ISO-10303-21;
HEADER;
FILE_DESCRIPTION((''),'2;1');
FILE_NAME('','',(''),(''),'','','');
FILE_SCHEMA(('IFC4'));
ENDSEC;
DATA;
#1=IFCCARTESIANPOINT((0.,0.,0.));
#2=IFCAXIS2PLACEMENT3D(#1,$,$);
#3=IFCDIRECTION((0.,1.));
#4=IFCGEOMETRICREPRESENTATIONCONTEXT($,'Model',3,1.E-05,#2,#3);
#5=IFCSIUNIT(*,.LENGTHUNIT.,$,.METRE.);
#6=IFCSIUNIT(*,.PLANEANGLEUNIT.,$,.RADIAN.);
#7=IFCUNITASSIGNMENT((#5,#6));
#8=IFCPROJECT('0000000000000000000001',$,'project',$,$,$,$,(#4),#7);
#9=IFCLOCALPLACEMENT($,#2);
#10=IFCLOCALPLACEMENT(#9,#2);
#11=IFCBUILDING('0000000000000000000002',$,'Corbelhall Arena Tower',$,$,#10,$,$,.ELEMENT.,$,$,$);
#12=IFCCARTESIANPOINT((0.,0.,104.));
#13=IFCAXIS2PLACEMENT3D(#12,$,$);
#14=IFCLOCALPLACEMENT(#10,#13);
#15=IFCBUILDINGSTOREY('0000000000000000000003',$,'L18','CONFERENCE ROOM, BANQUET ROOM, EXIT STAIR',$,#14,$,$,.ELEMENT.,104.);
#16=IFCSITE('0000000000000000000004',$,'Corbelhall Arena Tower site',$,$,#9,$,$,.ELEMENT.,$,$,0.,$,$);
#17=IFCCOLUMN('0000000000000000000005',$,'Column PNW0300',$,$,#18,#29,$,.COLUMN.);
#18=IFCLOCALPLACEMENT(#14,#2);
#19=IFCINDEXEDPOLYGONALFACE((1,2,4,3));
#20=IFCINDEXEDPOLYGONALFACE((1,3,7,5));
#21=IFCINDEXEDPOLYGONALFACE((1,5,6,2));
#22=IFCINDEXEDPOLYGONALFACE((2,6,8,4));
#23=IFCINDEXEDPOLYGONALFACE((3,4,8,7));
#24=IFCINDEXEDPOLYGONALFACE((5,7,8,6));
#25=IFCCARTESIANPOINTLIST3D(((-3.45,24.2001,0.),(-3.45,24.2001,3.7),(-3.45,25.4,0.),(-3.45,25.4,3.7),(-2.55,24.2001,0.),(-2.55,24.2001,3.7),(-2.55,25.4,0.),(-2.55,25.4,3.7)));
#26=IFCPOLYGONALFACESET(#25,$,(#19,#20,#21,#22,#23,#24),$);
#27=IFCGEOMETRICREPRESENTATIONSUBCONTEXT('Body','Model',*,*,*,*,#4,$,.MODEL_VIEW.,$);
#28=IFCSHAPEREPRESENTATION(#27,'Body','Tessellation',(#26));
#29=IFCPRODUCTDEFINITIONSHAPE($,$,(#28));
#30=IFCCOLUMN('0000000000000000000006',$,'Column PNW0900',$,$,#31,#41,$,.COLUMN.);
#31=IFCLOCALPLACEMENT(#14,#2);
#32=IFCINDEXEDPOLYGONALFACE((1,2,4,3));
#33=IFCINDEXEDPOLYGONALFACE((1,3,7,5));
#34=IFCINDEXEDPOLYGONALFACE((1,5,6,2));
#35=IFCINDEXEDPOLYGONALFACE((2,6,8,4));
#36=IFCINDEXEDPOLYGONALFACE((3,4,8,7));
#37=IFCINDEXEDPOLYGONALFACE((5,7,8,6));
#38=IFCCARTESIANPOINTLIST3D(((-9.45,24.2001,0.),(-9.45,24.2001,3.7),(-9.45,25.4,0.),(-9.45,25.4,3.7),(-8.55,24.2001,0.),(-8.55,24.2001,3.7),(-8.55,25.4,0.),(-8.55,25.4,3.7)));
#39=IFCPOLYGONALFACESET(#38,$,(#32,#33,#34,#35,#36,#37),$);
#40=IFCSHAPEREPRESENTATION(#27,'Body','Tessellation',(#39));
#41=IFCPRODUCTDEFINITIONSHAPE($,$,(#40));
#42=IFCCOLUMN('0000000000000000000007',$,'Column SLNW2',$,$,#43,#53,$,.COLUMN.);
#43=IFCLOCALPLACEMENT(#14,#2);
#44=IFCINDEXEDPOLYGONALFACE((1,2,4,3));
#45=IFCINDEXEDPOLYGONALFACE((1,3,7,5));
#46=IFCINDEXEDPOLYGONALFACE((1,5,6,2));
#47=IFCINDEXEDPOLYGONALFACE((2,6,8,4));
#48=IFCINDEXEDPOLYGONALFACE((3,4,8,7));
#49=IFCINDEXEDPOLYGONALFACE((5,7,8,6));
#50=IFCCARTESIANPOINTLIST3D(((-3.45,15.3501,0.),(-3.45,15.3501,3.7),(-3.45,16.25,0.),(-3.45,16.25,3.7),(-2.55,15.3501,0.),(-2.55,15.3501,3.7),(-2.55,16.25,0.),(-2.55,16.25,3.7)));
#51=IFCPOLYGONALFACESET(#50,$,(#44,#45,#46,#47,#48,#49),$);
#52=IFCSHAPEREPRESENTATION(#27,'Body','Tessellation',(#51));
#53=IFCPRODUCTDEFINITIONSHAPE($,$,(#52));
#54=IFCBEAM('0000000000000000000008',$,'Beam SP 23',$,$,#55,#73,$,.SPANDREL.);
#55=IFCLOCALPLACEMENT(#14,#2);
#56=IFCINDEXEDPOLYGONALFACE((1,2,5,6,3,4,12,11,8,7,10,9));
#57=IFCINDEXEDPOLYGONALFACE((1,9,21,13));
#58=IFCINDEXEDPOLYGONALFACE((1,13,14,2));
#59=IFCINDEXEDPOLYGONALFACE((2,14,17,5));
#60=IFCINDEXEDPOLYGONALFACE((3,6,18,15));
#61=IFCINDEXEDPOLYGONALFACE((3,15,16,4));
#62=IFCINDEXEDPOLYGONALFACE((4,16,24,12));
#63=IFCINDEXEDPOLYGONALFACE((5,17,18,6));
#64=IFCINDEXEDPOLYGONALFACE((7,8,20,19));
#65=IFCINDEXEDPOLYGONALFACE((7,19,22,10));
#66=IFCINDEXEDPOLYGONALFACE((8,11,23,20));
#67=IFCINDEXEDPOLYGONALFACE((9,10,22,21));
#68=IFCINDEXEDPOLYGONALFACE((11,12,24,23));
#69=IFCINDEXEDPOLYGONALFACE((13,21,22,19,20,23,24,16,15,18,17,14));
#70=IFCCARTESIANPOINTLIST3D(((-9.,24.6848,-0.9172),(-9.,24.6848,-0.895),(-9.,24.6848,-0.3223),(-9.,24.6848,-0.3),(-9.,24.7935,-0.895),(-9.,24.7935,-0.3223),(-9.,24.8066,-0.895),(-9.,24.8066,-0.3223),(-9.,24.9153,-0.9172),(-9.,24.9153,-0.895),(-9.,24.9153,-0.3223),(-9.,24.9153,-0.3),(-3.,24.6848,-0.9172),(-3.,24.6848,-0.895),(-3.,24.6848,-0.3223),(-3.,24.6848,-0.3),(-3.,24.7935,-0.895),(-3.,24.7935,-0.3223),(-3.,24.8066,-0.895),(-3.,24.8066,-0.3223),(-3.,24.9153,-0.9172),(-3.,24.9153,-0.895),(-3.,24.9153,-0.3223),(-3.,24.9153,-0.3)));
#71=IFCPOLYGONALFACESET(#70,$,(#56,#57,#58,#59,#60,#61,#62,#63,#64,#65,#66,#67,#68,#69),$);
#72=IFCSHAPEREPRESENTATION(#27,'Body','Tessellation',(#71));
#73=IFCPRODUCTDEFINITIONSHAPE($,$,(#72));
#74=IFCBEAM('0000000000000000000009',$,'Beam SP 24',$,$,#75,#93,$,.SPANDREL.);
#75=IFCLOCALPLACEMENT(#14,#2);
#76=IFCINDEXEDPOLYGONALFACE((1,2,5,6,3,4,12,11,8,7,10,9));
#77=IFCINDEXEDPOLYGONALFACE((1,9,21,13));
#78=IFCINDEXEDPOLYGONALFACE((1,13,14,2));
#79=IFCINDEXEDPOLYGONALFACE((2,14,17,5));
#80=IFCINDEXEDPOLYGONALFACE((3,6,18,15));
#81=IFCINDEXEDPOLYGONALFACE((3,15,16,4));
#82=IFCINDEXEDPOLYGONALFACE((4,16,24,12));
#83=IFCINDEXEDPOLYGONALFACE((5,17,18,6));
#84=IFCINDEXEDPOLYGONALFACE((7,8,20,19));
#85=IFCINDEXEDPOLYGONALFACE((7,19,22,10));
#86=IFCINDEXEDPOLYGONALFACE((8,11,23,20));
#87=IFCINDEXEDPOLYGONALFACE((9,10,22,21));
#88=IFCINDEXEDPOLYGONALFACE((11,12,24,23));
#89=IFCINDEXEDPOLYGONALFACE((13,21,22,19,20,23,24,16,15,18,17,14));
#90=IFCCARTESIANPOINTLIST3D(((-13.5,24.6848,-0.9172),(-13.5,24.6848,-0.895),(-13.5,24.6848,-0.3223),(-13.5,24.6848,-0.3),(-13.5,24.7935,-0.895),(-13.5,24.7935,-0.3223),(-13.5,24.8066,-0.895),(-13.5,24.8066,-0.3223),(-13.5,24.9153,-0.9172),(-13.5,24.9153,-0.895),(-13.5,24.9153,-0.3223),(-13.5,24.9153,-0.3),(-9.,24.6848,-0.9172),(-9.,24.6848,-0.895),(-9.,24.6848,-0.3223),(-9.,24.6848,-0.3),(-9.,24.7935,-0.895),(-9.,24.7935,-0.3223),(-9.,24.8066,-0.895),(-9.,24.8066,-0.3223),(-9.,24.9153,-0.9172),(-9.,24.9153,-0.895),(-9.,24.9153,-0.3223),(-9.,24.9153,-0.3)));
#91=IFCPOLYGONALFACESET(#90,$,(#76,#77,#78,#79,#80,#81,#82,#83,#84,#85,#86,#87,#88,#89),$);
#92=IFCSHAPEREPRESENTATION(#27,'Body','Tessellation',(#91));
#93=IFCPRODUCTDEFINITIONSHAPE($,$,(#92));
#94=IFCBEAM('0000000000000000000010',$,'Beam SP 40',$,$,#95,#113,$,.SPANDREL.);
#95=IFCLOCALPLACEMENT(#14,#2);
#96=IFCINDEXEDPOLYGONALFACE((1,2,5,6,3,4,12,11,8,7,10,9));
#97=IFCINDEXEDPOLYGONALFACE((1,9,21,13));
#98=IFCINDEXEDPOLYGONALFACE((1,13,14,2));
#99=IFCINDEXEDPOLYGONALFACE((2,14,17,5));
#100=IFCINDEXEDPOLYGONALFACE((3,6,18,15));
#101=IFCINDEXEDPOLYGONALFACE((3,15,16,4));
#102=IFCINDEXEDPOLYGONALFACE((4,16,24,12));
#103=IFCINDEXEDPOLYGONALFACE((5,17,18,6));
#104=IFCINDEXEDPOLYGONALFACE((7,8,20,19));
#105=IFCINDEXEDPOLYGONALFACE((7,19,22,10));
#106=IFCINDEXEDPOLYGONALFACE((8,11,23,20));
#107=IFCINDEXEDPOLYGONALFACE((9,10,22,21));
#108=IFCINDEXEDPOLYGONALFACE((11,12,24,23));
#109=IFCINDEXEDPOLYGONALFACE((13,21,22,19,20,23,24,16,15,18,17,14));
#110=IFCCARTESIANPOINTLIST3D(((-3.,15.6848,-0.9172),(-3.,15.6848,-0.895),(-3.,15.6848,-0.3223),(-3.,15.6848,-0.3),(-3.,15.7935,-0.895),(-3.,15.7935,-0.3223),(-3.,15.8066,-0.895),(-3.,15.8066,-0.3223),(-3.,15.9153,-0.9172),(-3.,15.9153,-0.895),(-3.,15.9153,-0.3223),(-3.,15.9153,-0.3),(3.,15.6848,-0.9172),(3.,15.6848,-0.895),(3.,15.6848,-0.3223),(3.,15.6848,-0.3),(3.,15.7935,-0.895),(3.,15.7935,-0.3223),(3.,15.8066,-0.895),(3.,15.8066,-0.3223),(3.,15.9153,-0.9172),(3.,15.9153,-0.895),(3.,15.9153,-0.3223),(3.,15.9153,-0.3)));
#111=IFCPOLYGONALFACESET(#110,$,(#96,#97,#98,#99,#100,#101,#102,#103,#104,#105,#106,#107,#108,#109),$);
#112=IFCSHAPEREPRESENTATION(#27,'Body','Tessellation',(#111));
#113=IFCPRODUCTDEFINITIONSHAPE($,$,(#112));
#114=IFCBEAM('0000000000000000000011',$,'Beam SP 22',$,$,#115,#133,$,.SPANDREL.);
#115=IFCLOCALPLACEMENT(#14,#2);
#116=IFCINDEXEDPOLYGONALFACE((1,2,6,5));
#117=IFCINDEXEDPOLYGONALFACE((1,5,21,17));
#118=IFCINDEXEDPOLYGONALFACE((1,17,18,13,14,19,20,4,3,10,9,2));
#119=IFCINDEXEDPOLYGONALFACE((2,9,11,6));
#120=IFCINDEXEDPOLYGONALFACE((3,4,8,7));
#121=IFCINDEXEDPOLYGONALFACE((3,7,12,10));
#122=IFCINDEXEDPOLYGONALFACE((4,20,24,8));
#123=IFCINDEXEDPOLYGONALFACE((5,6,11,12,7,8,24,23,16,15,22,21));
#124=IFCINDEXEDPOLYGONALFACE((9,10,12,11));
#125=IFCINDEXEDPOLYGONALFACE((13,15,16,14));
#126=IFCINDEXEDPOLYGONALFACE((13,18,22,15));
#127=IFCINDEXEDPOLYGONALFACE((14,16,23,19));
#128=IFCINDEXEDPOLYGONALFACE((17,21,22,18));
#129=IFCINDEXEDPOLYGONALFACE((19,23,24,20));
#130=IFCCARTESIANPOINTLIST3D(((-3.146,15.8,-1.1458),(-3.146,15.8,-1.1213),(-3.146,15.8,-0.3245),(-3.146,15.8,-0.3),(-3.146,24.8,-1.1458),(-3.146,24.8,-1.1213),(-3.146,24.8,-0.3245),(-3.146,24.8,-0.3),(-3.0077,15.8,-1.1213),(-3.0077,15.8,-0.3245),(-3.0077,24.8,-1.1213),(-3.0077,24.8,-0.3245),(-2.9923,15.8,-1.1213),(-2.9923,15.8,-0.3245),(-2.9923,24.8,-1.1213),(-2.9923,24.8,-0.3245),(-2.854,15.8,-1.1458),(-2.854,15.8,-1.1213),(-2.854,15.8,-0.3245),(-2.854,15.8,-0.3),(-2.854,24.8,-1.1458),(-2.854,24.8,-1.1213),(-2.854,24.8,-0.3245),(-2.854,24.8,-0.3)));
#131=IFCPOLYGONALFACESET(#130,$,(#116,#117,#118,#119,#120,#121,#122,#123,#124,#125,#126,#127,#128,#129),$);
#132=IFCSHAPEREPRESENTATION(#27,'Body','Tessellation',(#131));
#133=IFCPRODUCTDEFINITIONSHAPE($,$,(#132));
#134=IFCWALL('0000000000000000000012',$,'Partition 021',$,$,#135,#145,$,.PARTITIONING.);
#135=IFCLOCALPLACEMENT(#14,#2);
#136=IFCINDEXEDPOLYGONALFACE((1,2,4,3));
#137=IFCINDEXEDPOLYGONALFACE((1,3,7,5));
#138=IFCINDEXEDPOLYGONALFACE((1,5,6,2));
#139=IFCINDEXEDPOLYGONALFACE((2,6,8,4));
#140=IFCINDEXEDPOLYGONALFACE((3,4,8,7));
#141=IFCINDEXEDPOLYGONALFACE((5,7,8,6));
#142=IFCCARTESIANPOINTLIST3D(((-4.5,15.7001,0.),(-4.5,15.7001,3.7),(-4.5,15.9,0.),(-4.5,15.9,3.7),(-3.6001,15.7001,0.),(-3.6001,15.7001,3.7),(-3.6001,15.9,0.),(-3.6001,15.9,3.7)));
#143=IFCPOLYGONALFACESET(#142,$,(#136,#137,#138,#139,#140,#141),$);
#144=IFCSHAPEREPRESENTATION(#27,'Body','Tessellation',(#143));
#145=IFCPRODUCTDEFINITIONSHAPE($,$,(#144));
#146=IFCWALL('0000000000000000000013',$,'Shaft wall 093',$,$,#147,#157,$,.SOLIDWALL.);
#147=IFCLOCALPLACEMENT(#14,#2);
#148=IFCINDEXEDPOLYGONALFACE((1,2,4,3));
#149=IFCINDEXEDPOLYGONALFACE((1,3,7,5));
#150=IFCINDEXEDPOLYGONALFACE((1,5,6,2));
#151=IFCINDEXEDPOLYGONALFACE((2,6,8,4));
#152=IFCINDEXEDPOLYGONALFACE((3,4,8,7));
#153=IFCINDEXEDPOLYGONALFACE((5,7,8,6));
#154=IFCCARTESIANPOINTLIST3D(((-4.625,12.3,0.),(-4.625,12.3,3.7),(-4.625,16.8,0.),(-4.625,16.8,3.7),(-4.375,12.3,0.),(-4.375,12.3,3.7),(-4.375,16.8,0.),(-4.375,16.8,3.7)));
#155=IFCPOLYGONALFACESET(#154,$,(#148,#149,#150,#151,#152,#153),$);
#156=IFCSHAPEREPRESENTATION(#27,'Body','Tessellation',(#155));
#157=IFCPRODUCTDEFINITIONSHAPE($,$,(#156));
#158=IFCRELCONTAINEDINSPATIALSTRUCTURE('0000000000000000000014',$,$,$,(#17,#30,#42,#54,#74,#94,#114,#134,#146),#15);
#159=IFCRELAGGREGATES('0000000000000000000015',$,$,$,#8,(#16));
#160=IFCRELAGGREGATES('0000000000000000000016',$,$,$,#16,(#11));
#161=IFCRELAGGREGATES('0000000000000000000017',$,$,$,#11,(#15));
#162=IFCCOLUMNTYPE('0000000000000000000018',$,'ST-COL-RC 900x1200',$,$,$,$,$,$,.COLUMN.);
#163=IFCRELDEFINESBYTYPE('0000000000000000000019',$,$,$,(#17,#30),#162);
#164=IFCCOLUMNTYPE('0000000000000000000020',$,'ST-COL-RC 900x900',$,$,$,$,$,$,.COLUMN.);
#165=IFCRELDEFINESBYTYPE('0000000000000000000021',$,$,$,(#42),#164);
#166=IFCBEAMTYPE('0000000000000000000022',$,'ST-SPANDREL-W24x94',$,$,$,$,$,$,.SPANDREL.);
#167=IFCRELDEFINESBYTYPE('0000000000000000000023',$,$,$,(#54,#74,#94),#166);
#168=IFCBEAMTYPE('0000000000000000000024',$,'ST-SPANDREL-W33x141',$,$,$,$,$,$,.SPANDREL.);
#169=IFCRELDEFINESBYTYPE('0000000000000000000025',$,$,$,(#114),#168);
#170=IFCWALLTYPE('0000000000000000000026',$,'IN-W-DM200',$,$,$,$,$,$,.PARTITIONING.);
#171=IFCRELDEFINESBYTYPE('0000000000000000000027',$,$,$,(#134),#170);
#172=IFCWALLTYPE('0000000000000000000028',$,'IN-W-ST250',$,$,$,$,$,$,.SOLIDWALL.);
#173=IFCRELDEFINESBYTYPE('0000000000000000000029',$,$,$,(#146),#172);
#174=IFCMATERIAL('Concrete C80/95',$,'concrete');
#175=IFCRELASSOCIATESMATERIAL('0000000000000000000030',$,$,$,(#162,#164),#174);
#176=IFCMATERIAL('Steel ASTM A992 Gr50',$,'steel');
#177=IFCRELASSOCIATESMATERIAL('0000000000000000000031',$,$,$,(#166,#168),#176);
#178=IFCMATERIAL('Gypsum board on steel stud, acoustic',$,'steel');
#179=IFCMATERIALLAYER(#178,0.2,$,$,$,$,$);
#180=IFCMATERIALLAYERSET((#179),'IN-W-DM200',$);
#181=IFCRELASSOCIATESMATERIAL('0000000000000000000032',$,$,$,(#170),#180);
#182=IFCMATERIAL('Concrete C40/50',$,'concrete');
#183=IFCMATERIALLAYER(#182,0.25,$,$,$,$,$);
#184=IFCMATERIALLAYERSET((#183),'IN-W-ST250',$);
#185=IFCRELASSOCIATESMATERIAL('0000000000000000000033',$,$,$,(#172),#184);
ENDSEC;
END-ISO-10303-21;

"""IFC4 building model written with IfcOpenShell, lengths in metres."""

from ifc_helpers import new_model, si_unit, direction, frame, frame_2d, origin, origin_2d, place, context, subcontext, project, spatial, rectangle, i_section, extrude, material, layer, layer_set, material_profile, profile_set, type_object, element, save


model = new_model("IFC4")

# Units and contexts
model_context = context("Model", 3, precision=1e-05, world=origin(), true_north=direction((0.0, 1.0)))
body_context = subcontext(model_context, "Body", "Model", "MODEL_VIEW")
ifc_project = project(units=[si_unit("LENGTHUNIT", "METRE"), si_unit("PLANEANGLEUNIT", "RADIAN")], contexts=[model_context])

# Site, building, storey
site_placement = place(None, origin())
site = spatial("IfcSite", under=ifc_project, at=site_placement, Name="Corbelhall Arena Tower site", CompositionType="ELEMENT", RefElevation=0.0)
building_placement = place(site_placement, origin())
building = spatial("IfcBuilding", under=site, at=building_placement, Name="Corbelhall Arena Tower", CompositionType="ELEMENT")
storey_placement = place(building_placement, frame((0.0, 0.0, 104.0)))
storey = spatial("IfcBuildingStorey", under=building, at=storey_placement, Name="L18", Description="CONFERENCE ROOM, BANQUET ROOM, EXIT STAIR", CompositionType="ELEMENT", Elevation=104.0)

# Columns
ifc_material_1 = material(Name="Concrete C80/95", Category="concrete")
ifc_material_profile_1 = material_profile(ifc_material_1, rectangle(XDim=0.8999, YDim=1.2, at=origin_2d()))
ifc_profile_set_1 = profile_set([ifc_material_profile_1], Name="Concrete C80/95")
column_type_1 = type_object("IfcColumnType", Name="ST-COL-RC 900x1200", PredefinedType="COLUMN", material=ifc_profile_set_1)
for number, where, z_axis, x_axis, name in (
    (1, (-3.0, 24.8, 0.0), (0.0, 0.0, 1.0), (1.0, 0.0, 0.0), "Column PNW0300"),
    (2, (-9.0, 24.8, 0.0), (0.0, 0.0, 1.0), (1.0, 0.0, 0.0), "Column PNW0900"),
):
    element("IfcColumn", number, at=place(storey_placement, frame(where, z_axis=z_axis, x_axis=x_axis)), inside=storey, type_object=column_type_1, Name=name, PredefinedType="COLUMN", context=body_context, shape_type="SweptSolid", body=[
        extrude(rectangle(XDim=0.8999, YDim=1.2, at=origin_2d()), origin(), (0.0, 0.0, 1.0), 3.7),
    ])
ifc_material_profile_2 = material_profile(ifc_material_1, rectangle(XDim=0.8999, YDim=0.8999, at=origin_2d()))
ifc_profile_set_2 = profile_set([ifc_material_profile_2], Name="Concrete C80/95")
column_type_2 = type_object("IfcColumnType", Name="ST-COL-RC 900x900", PredefinedType="COLUMN", material=ifc_profile_set_2)
column_placement = place(storey_placement, frame((-3.0, 15.8, 0.0), z_axis=(0.0, 0.0, 1.0), x_axis=(1.0, 0.0, 0.0)))
element("IfcColumn", 3, at=column_placement, inside=storey, type_object=column_type_2, Name="Column SLNW2", PredefinedType="COLUMN", context=body_context, shape_type="SweptSolid", body=[
    extrude(rectangle(XDim=0.8999, YDim=0.8999, at=origin_2d()), origin(), (0.0, 0.0, 1.0), 3.7),
])

# Beams
ifc_material_2 = material(Name="Steel ASTM A992 Gr50", Category="steel")
ifc_material_profile_3 = material_profile(ifc_material_2, i_section(OverallWidth=0.2305, OverallDepth=0.6172, WebThickness=0.0132, FlangeThickness=0.0222, at=origin_2d()))
ifc_profile_set_3 = profile_set([ifc_material_profile_3], Name="Steel ASTM A992 Gr50")
beam_type_1 = type_object("IfcBeamType", Name="ST-SPANDREL-W24x94", PredefinedType="SPANDREL", material=ifc_profile_set_3)
beam_1_placement = place(storey_placement, frame((-9.0, 24.8, -0.6086), z_axis=(1.0, 0.0, 0.0), x_axis=(0.0, 1.0, 0.0)))
element("IfcBeam", 4, at=beam_1_placement, inside=storey, type_object=beam_type_1, Name="Beam SP 23", PredefinedType="SPANDREL", context=body_context, shape_type="SweptSolid", body=[
    extrude(i_section(OverallWidth=0.2305, OverallDepth=0.6172, WebThickness=0.0132, FlangeThickness=0.0222, at=origin_2d()), origin(), (0.0, 0.0, 1.0), 6.0),
])
beam_2_placement = place(storey_placement, frame((-13.5, 24.8, -0.6086), z_axis=(1.0, 0.0, 0.0), x_axis=(0.0, 1.0, 0.0)))
element("IfcBeam", 5, at=beam_2_placement, inside=storey, type_object=beam_type_1, Name="Beam SP 24", PredefinedType="SPANDREL", context=body_context, shape_type="SweptSolid", body=[
    extrude(i_section(OverallWidth=0.2305, OverallDepth=0.6172, WebThickness=0.0132, FlangeThickness=0.0222, at=origin_2d()), origin(), (0.0, 0.0, 1.0), 4.5),
])
beam_3_placement = place(storey_placement, frame((-3.0, 15.8, -0.6086), z_axis=(1.0, 0.0, 0.0), x_axis=(0.0, 1.0, 0.0)))
element("IfcBeam", 6, at=beam_3_placement, inside=storey, type_object=beam_type_1, Name="Beam SP 40", PredefinedType="SPANDREL", context=body_context, shape_type="SweptSolid", body=[
    extrude(i_section(OverallWidth=0.2305, OverallDepth=0.6172, WebThickness=0.0132, FlangeThickness=0.0222, at=origin_2d()), origin(), (0.0, 0.0, 1.0), 6.0),
])
ifc_material_profile_4 = material_profile(ifc_material_2, i_section(OverallWidth=0.292, OverallDepth=0.8457, WebThickness=0.0154, FlangeThickness=0.0244, at=origin_2d()))
ifc_profile_set_4 = profile_set([ifc_material_profile_4], Name="Steel ASTM A992 Gr50")
beam_type_2 = type_object("IfcBeamType", Name="ST-SPANDREL-W33x141", PredefinedType="SPANDREL", material=ifc_profile_set_4)
beam_4_placement = place(storey_placement, frame((-3.0, 24.8, -0.7229), z_axis=(0.0, -1.0, 0.0), x_axis=(1.0, 0.0, 0.0)))
element("IfcBeam", 7, at=beam_4_placement, inside=storey, type_object=beam_type_2, Name="Beam SP 22", PredefinedType="SPANDREL", context=body_context, shape_type="SweptSolid", body=[
    extrude(i_section(OverallWidth=0.292, OverallDepth=0.8457, WebThickness=0.0154, FlangeThickness=0.0244, at=origin_2d()), origin(), (0.0, 0.0, 1.0), 9.0),
])

# Walls
ifc_material_3 = material(Name="Gypsum board on steel stud, acoustic", Category="steel")
ifc_layer_1 = layer(ifc_material_3, 0.2)
ifc_layer_set_1 = layer_set([ifc_layer_1], Name="IN-W-DM200")
wall_type_1 = type_object("IfcWallType", Name="IN-W-DM200", PredefinedType="PARTITIONING", material=ifc_layer_set_1)
wall_1_placement = place(storey_placement, frame((-4.5, 15.8, 0.0), z_axis=(0.0, 0.0, 1.0), x_axis=(1.0, 0.0, 0.0)))
element("IfcWall", 8, at=wall_1_placement, inside=storey, type_object=wall_type_1, Name="Partition 021", PredefinedType="PARTITIONING", context=body_context, shape_type="SweptSolid", body=[
    extrude(rectangle(XDim=0.8999, YDim=0.2, at=frame_2d((0.45, 0.0))), origin(), (0.0, 0.0, 1.0), 3.7),
])
ifc_material_4 = material(Name="Concrete C40/50", Category="concrete")
ifc_layer_2 = layer(ifc_material_4, 0.25)
ifc_layer_set_2 = layer_set([ifc_layer_2], Name="IN-W-ST250")
wall_type_2 = type_object("IfcWallType", Name="IN-W-ST250", PredefinedType="SOLIDWALL", material=ifc_layer_set_2)
wall_2_placement = place(storey_placement, frame((-4.5, 16.8, 0.0), z_axis=(0.0, 0.0, 1.0), x_axis=(0.0, -1.0, 0.0)))
element("IfcWall", 9, at=wall_2_placement, inside=storey, type_object=wall_type_2, Name="Shaft wall 093", PredefinedType="SOLIDWALL", context=body_context, shape_type="SweptSolid", body=[
    extrude(rectangle(XDim=4.5, YDim=0.25, at=frame_2d((2.25, 0.0))), origin(), (0.0, 0.0, 1.0), 3.7),
])

save(model, "model.ifc")
